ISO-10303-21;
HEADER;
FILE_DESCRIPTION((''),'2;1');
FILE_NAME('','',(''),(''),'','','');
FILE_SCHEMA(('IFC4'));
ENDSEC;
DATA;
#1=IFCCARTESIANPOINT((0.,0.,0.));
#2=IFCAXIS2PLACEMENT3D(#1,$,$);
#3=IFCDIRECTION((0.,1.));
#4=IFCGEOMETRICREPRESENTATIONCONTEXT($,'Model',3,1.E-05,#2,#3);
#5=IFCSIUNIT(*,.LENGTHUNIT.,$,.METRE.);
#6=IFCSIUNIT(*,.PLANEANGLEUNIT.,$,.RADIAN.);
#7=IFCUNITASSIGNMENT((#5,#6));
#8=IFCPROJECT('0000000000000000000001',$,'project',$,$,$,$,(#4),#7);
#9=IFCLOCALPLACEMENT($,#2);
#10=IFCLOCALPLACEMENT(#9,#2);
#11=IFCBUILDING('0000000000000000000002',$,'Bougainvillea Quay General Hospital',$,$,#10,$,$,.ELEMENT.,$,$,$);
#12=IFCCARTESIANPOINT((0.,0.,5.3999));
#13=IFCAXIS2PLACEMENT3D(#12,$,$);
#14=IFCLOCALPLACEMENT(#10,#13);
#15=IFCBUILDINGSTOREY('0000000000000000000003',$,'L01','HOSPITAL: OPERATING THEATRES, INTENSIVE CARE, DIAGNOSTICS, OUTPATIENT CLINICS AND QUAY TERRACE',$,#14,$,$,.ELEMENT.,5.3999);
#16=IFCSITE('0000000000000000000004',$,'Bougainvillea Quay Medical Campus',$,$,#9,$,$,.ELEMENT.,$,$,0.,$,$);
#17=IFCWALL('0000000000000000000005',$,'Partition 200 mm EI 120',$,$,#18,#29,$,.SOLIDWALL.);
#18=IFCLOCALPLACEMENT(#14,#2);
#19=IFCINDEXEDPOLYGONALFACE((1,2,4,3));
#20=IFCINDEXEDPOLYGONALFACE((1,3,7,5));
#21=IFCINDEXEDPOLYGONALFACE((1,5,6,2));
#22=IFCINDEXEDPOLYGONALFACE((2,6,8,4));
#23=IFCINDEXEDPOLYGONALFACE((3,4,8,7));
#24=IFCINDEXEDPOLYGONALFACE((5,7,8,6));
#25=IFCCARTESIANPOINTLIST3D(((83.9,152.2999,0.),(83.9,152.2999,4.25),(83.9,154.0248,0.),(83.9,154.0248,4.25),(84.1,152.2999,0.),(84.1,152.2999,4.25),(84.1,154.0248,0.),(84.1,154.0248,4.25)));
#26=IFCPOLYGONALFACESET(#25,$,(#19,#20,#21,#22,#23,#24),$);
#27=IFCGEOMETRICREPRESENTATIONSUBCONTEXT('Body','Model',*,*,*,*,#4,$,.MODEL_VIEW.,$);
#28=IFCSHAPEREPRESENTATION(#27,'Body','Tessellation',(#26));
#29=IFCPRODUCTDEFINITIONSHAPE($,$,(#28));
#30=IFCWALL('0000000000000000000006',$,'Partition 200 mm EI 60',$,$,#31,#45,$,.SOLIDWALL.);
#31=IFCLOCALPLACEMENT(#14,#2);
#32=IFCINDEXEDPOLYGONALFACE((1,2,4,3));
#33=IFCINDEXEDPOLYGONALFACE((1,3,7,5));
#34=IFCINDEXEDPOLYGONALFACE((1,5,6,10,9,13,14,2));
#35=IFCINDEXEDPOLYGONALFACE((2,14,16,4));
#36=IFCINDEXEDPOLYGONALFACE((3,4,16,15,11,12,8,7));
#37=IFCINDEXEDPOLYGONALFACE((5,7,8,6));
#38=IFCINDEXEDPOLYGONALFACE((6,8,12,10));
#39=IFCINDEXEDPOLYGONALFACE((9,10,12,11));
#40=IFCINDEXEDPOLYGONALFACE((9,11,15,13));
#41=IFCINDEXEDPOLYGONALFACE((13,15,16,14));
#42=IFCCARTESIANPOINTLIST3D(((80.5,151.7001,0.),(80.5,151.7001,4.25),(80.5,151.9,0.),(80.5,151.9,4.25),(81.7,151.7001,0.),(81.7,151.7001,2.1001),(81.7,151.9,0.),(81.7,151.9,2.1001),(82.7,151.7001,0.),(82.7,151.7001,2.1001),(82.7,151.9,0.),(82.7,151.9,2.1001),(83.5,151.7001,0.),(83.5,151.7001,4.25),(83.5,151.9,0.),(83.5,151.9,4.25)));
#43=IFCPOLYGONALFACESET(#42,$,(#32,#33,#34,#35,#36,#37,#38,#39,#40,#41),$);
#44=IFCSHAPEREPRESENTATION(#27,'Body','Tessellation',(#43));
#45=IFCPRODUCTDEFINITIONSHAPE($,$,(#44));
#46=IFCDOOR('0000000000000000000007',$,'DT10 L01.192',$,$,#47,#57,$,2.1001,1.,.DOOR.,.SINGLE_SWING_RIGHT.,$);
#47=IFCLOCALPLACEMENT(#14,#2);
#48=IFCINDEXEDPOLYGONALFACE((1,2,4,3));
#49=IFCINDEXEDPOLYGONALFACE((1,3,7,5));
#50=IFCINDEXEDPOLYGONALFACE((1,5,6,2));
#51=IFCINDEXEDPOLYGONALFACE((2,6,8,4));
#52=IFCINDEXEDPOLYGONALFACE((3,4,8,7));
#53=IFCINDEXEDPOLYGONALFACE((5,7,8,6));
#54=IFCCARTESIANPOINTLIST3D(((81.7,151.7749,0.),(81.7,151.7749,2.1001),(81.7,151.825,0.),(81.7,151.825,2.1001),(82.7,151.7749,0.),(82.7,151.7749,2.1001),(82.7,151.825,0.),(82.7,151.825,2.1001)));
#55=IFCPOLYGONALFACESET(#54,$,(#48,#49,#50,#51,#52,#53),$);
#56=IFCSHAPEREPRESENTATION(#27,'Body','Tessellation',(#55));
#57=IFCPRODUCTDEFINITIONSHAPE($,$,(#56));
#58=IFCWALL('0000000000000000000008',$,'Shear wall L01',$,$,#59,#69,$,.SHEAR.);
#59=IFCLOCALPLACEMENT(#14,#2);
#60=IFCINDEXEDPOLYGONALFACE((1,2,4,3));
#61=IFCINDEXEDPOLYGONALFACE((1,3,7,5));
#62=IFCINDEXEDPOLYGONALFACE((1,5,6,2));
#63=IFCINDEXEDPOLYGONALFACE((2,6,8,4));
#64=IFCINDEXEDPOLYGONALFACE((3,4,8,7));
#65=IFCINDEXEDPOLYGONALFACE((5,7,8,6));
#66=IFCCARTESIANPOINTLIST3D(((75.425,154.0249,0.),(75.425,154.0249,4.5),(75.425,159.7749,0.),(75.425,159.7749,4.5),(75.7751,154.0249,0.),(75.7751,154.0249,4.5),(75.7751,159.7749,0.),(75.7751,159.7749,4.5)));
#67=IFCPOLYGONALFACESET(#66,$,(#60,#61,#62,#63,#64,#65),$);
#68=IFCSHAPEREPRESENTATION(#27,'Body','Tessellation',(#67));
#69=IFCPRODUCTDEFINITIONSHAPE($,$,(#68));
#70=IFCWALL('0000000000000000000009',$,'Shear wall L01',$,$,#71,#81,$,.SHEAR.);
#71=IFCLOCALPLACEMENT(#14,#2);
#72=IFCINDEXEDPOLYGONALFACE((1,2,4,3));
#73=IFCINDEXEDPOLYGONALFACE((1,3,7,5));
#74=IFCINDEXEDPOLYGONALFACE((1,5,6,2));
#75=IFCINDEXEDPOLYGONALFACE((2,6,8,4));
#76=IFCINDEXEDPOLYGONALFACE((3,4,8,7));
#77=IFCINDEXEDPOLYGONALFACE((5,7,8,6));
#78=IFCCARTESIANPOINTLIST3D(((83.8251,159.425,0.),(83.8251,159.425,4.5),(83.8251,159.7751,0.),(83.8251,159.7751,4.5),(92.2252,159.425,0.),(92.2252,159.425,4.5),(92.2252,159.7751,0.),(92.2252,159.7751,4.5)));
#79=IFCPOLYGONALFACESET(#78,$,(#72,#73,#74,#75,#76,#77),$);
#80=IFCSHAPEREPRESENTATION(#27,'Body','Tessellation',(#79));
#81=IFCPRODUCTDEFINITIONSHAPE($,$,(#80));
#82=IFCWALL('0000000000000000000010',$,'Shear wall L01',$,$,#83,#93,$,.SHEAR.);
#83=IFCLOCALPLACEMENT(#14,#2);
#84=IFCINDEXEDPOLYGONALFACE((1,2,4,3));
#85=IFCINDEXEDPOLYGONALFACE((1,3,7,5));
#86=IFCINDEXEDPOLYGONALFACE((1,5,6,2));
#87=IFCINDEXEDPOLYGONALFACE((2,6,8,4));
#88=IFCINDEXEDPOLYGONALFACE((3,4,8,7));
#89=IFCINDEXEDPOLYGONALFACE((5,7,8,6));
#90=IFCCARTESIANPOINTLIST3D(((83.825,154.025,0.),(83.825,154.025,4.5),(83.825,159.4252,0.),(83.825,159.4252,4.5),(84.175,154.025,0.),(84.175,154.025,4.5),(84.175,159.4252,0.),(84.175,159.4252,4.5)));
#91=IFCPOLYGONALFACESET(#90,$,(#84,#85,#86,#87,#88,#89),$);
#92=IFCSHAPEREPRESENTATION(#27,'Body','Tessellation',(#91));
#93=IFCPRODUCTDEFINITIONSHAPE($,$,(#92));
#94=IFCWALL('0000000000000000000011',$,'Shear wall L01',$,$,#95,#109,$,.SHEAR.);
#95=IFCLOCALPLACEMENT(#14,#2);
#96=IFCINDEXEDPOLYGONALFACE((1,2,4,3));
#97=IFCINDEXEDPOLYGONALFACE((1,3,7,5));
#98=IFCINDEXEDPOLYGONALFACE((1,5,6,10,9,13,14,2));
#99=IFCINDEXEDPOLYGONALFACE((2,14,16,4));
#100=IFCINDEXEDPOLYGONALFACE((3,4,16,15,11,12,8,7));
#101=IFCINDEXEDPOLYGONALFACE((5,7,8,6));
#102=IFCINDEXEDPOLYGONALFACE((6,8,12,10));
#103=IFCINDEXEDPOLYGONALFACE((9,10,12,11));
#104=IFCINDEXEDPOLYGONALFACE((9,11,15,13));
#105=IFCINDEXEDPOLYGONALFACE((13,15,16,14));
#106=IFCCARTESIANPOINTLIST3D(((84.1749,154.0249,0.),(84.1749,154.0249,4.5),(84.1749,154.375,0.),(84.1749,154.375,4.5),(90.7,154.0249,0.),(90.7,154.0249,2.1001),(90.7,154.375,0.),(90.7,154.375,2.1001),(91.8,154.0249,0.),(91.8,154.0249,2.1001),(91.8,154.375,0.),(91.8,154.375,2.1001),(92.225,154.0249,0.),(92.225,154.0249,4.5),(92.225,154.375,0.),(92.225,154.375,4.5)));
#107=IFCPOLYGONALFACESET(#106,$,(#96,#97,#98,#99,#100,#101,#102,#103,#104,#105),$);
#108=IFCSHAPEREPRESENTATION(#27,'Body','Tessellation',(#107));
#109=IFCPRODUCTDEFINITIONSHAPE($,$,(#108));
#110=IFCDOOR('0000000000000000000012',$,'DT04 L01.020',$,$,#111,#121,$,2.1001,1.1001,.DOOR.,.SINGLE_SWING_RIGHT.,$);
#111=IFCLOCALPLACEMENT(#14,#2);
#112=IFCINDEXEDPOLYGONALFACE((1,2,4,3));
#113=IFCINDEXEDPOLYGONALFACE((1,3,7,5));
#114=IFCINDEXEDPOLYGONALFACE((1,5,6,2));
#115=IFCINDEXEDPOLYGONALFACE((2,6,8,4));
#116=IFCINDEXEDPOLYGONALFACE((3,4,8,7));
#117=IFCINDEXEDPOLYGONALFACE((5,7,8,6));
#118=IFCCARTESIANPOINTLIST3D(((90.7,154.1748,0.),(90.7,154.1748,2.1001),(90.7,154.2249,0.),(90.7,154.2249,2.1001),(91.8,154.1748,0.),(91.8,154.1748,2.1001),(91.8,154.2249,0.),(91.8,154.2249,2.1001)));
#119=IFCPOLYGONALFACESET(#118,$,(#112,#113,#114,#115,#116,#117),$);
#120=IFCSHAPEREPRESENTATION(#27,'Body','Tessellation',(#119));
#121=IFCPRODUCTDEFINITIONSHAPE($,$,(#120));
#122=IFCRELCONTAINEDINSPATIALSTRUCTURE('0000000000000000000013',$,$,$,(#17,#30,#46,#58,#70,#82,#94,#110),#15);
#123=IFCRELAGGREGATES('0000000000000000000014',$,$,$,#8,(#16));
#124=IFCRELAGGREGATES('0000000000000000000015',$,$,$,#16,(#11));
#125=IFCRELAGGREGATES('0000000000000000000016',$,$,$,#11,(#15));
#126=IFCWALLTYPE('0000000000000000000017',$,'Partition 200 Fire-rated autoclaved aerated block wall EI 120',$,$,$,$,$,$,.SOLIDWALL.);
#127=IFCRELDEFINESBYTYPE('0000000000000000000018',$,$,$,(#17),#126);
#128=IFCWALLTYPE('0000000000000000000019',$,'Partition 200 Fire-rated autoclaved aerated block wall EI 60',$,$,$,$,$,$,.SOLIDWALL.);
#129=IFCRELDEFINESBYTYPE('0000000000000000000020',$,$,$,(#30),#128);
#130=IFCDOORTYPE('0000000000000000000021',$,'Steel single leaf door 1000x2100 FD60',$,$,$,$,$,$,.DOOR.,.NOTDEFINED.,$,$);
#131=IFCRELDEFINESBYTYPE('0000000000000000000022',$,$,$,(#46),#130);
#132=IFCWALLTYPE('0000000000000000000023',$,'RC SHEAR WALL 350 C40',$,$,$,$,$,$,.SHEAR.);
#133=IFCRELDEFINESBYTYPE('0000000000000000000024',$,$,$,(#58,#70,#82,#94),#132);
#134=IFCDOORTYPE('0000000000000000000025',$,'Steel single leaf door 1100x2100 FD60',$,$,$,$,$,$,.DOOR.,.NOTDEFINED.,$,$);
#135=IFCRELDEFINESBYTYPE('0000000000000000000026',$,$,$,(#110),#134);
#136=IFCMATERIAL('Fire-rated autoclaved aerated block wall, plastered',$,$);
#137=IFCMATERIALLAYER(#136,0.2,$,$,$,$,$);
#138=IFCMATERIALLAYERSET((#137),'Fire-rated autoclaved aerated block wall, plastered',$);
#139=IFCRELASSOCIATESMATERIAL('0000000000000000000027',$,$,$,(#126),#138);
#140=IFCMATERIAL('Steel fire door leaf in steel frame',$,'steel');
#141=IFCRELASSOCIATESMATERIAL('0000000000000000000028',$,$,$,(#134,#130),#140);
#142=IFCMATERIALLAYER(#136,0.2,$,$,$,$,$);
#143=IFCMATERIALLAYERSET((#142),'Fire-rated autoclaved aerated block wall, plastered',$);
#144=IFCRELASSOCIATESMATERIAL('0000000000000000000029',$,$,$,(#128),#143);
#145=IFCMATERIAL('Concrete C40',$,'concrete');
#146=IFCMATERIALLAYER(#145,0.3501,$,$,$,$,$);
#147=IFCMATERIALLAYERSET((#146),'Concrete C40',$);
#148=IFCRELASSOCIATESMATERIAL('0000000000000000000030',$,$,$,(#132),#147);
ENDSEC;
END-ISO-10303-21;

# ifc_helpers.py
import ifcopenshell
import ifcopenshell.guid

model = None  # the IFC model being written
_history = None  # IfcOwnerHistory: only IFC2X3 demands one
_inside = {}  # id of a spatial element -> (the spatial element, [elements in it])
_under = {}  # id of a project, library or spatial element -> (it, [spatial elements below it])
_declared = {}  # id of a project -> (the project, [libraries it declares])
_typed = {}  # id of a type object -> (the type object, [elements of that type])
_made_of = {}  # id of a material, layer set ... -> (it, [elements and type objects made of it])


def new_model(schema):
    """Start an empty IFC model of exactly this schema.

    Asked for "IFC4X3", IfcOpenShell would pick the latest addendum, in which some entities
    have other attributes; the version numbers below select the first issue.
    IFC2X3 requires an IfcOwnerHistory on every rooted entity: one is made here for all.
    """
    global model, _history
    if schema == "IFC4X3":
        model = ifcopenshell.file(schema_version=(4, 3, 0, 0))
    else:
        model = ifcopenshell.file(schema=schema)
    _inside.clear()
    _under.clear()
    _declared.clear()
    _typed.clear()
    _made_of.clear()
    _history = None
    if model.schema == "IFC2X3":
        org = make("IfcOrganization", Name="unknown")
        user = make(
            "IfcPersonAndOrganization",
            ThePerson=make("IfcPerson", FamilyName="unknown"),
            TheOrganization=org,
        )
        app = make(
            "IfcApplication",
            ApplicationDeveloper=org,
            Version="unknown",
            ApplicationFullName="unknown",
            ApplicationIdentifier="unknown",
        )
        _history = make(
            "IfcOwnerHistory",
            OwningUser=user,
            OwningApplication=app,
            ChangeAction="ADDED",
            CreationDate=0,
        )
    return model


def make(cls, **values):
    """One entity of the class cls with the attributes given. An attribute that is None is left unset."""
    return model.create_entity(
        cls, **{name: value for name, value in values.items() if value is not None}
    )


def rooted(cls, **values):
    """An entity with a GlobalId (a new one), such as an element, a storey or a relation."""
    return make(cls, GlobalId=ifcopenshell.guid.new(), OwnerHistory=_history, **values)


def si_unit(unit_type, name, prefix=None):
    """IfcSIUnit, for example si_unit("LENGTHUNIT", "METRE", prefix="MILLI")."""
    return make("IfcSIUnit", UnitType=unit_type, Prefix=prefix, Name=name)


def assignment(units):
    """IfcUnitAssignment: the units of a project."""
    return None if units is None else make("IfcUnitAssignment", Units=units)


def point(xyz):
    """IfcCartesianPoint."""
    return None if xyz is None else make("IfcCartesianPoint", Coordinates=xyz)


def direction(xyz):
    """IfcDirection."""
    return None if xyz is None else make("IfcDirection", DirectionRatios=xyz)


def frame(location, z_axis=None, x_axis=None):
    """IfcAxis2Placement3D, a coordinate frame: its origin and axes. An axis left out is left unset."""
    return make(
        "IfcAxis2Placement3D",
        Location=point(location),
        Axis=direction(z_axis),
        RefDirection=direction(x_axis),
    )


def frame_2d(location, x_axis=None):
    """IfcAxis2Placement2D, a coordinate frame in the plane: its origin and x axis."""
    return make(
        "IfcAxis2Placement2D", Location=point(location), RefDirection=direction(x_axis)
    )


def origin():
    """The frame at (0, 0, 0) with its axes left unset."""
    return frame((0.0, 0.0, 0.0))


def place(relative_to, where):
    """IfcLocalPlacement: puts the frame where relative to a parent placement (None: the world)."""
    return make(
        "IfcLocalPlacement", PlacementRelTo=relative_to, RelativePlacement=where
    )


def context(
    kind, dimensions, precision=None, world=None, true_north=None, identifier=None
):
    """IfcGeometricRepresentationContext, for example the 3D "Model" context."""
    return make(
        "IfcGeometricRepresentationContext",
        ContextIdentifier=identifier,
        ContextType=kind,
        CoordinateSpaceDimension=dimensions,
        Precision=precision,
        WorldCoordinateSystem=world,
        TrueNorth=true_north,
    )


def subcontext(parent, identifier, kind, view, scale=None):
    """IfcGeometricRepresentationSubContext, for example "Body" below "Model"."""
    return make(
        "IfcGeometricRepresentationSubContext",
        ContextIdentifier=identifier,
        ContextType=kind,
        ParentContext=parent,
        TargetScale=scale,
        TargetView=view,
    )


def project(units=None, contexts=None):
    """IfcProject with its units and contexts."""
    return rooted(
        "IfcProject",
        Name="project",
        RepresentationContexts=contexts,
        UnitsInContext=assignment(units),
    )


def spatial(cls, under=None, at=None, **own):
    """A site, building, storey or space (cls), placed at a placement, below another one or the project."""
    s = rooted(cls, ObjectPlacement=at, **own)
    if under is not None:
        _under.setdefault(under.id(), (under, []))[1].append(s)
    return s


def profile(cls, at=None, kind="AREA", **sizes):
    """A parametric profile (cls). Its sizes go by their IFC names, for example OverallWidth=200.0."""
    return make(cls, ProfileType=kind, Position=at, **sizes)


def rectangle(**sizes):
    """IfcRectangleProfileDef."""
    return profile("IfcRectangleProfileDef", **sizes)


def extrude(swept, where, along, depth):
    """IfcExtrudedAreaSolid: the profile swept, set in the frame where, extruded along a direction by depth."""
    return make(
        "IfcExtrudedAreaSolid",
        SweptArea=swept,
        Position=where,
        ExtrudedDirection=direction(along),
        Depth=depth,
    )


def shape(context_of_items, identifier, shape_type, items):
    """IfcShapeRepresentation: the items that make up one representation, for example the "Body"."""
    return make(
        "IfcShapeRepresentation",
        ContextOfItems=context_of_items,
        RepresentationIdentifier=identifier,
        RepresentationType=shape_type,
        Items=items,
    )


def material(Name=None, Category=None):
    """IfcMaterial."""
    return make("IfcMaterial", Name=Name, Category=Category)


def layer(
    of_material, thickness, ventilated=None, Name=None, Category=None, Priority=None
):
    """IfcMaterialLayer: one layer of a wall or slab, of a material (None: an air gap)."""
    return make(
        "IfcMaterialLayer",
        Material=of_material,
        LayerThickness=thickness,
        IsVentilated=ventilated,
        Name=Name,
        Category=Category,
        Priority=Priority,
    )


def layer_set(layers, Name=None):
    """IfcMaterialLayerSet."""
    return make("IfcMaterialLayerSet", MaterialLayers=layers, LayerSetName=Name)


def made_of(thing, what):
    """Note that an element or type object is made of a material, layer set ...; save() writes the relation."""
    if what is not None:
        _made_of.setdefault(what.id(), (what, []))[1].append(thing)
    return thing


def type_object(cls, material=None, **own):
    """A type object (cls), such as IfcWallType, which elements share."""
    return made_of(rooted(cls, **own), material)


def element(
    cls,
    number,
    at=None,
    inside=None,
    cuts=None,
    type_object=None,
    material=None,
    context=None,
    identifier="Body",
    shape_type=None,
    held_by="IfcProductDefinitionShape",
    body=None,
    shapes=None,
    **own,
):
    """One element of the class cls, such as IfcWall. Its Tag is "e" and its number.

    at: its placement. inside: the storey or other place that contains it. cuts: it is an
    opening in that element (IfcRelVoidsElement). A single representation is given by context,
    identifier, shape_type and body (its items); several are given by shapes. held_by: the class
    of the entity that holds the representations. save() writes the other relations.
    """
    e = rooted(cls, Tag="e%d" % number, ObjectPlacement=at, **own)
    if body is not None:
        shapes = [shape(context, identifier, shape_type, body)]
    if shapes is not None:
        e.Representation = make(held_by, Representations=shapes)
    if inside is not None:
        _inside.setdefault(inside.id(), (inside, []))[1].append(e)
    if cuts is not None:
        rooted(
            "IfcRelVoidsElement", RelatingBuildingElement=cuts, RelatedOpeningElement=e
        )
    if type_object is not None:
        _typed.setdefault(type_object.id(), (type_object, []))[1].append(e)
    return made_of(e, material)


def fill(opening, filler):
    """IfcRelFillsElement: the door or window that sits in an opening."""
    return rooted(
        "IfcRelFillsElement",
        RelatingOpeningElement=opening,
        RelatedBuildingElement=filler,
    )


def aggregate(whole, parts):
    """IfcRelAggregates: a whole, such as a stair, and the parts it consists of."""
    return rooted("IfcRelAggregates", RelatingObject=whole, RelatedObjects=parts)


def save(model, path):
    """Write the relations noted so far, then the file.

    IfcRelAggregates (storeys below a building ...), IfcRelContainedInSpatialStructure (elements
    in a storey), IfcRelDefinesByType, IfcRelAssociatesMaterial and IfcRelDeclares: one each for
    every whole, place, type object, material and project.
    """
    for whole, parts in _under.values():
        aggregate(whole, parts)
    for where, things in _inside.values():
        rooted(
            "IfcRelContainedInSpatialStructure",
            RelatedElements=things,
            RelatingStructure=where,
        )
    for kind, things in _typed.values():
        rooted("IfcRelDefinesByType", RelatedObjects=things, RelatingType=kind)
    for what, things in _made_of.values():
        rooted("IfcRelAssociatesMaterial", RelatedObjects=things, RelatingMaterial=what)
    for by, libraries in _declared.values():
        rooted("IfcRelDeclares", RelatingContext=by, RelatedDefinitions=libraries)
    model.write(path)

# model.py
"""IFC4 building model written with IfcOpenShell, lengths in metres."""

from ifc_helpers import new_model, si_unit, direction, frame, frame_2d, origin, place, context, subcontext, project, spatial, rectangle, extrude, material, layer, layer_set, type_object, element, fill, save


model = new_model("IFC4")

# Units and contexts
model_context = context("Model", 3, precision=1e-05, world=origin(), true_north=direction((0.0, 1.0)))
body_context = subcontext(model_context, "Body", "Model", "MODEL_VIEW")
ifc_project = project(units=[si_unit("LENGTHUNIT", "METRE"), si_unit("PLANEANGLEUNIT", "RADIAN")], contexts=[model_context])

# Site, building, storey
site_placement = place(None, origin())
site = spatial("IfcSite", under=ifc_project, at=site_placement, Name="Bougainvillea Quay Medical Campus", CompositionType="ELEMENT", RefElevation=0.0)
building_placement = place(site_placement, origin())
building = spatial("IfcBuilding", under=site, at=building_placement, Name="Bougainvillea Quay General Hospital", CompositionType="ELEMENT")
storey_placement = place(building_placement, frame((0.0, 0.0, 5.3999)))
storey = spatial("IfcBuildingStorey", under=building, at=storey_placement, Name="L01", Description="HOSPITAL: OPERATING THEATRES, INTENSIVE CARE, DIAGNOSTICS, OUTPATIENT CLINICS AND QUAY TERRACE", CompositionType="ELEMENT", Elevation=5.3999)

# Shared definitions
ifc_material_1 = material(Name="Fire-rated autoclaved aerated block wall, plastered")
ifc_layer_1 = layer(ifc_material_1, 0.2)
ifc_layer_set_1 = layer_set([ifc_layer_1], Name="Fire-rated autoclaved aerated block wall, plastered")
wall_type_1 = type_object("IfcWallType", Name="Partition 200 Fire-rated autoclaved aerated block wall EI 120", PredefinedType="SOLIDWALL", material=ifc_layer_set_1)
ifc_material_2 = material(Name="Steel fire door leaf in steel frame", Category="steel")
door_type_1 = type_object("IfcDoorType", Name="Steel single leaf door 1100x2100 FD60", OperationType="NOTDEFINED", PredefinedType="DOOR", material=ifc_material_2)

# Wall
for number, where, z_axis, x_axis, name in (
    (1, (84.0, 152.3, 0.0), (0.0, 0.0, 1.0), (0.0, 1.0, 0.0), "Partition 200 mm EI 120"),
):
    element("IfcWall", number, at=place(storey_placement, frame(where, z_axis=z_axis, x_axis=x_axis)), inside=storey, type_object=wall_type_1, Name=name, PredefinedType="SOLIDWALL", context=body_context, shape_type="SweptSolid", body=[
        extrude(rectangle(XDim=1.7249, YDim=0.2, at=frame_2d((0.8623, 0.0))), origin(), (0.0, 0.0, 1.0), 4.25),
    ])

# Wall, opening, door
ifc_layer_2 = layer(ifc_material_1, 0.2)
ifc_layer_set_2 = layer_set([ifc_layer_2], Name="Fire-rated autoclaved aerated block wall, plastered")
wall_type_2 = type_object("IfcWallType", Name="Partition 200 Fire-rated autoclaved aerated block wall EI 60", PredefinedType="SOLIDWALL", material=ifc_layer_set_2)
wall_1_placement = place(storey_placement, frame((80.5, 151.8, 0.0), z_axis=(0.0, 0.0, 1.0), x_axis=(1.0, 0.0, 0.0)))
wall_1 = element("IfcWall", 2, at=wall_1_placement, inside=storey, type_object=wall_type_2, Name="Partition 200 mm EI 60", PredefinedType="SOLIDWALL", context=body_context, shape_type="SweptSolid", body=[
    extrude(rectangle(XDim=3.0, YDim=0.2, at=frame_2d((1.5, 0.0))), origin(), (0.0, 0.0, 1.0), 4.25),
])
opening_1_placement = place(wall_1_placement, frame((1.2, 0.0, 0.0)))
opening_1 = element("IfcOpeningElement", 3, at=opening_1_placement, cuts=wall_1, PredefinedType="OPENING", context=body_context, shape_type="SweptSolid", body=[
    extrude(rectangle(XDim=1.0, YDim=2.1001, at=frame_2d((0.5, 1.05))), frame((0.0, 0.1099, 0.0), z_axis=(0.0, -1.0, 0.0), x_axis=(1.0, 0.0, 0.0)), (0.0, 0.0, 1.0), 0.22),
])
door_type_2 = type_object("IfcDoorType", Name="Steel single leaf door 1000x2100 FD60", OperationType="NOTDEFINED", PredefinedType="DOOR", material=ifc_material_2)
door_1_placement = place(opening_1_placement, origin())
door_1 = element("IfcDoor", 4, at=door_1_placement, inside=storey, type_object=door_type_2, Name="DT10 L01.192", OperationType="SINGLE_SWING_RIGHT", OverallHeight=2.1001, OverallWidth=1.0, PredefinedType="DOOR", context=body_context, shape_type="SweptSolid", body=[
    extrude(rectangle(XDim=1.0, YDim=2.1001, at=frame_2d((0.5, 1.05))), frame((0.0, 0.0249, 0.0), z_axis=(0.0, -1.0, 0.0), x_axis=(1.0, 0.0, 0.0)), (0.0, 0.0, 1.0), 0.05),
])
fill(opening_1, door_1)

# Walls
ifc_material_3 = material(Name="Concrete C40", Category="concrete")
ifc_layer_3 = layer(ifc_material_3, 0.3501)
ifc_layer_set_3 = layer_set([ifc_layer_3], Name="Concrete C40")
wall_type_3 = type_object("IfcWallType", Name="RC SHEAR WALL 350 C40", PredefinedType="SHEAR", material=ifc_layer_set_3)
wall_2_placement = place(storey_placement, frame((75.6001, 154.0249, 0.0), z_axis=(0.0, 0.0, 1.0), x_axis=(0.0, 1.0, 0.0)))
element("IfcWall", 5, at=wall_2_placement, inside=storey, type_object=wall_type_3, Name="Shear wall L01", PredefinedType="SHEAR", context=body_context, shape_type="SweptSolid", body=[
    extrude(rectangle(XDim=5.75, YDim=0.3501, at=frame_2d((2.875, 0.0))), origin(), (0.0, 0.0, 1.0), 4.5),
])
wall_3_placement = place(storey_placement, frame((83.825, 159.6001, 0.0), z_axis=(0.0, 0.0, 1.0), x_axis=(1.0, 0.0, 0.0)))
element("IfcWall", 6, at=wall_3_placement, inside=storey, type_object=wall_type_3, Name="Shear wall L01", PredefinedType="SHEAR", context=body_context, shape_type="SweptSolid", body=[
    extrude(rectangle(XDim=8.4001, YDim=0.3501, at=frame_2d((4.2002, 0.0))), origin(), (0.0, 0.0, 1.0), 4.5),
])
wall_4_placement = place(storey_placement, frame((84.0, 154.0249, 0.0), z_axis=(0.0, 0.0, 1.0), x_axis=(0.0, 1.0, 0.0)))
element("IfcWall", 7, at=wall_4_placement, inside=storey, type_object=wall_type_3, Name="Shear wall L01", PredefinedType="SHEAR", context=body_context, shape_type="SweptSolid", body=[
    extrude(rectangle(XDim=5.4001, YDim=0.3501, at=frame_2d((2.7002, 0.0))), origin(), (0.0, 0.0, 1.0), 4.5),
])

# Wall, opening, door
wall_5_placement = place(storey_placement, frame((84.175, 154.2, 0.0), z_axis=(0.0, 0.0, 1.0), x_axis=(1.0, 0.0, 0.0)))
wall_5 = element("IfcWall", 8, at=wall_5_placement, inside=storey, type_object=wall_type_3, Name="Shear wall L01", PredefinedType="SHEAR", context=body_context, shape_type="SweptSolid", body=[
    extrude(rectangle(XDim=8.05, YDim=0.3501, at=frame_2d((4.0249, 0.0))), origin(), (0.0, 0.0, 1.0), 4.5),
])
opening_2_placement = place(wall_5_placement, frame((6.5249, 0.0, 0.0)))
opening_2 = element("IfcOpeningElement", 9, at=opening_2_placement, cuts=wall_5, PredefinedType="OPENING", context=body_context, shape_type="SweptSolid", body=[
    extrude(rectangle(XDim=1.1001, YDim=2.1001, at=frame_2d((0.55, 1.05))), frame((0.0, 0.1851, 0.0), z_axis=(0.0, -1.0, 0.0), x_axis=(1.0, 0.0, 0.0)), (0.0, 0.0, 1.0), 0.3701),
])
door_2_placement = place(opening_2_placement, origin())
door_2 = element("IfcDoor", 10, at=door_2_placement, inside=storey, type_object=door_type_1, Name="DT04 L01.020", OperationType="SINGLE_SWING_RIGHT", OverallHeight=2.1001, OverallWidth=1.1001, PredefinedType="DOOR", context=body_context, shape_type="SweptSolid", body=[
    extrude(rectangle(XDim=1.1001, YDim=2.1001, at=frame_2d((0.55, 1.05))), frame((0.0, 0.0249, 0.0), z_axis=(0.0, -1.0, 0.0), x_axis=(1.0, 0.0, 0.0)), (0.0, 0.0, 1.0), 0.05),
])
fill(opening_2, door_2)

save(model, "model.ifc")
